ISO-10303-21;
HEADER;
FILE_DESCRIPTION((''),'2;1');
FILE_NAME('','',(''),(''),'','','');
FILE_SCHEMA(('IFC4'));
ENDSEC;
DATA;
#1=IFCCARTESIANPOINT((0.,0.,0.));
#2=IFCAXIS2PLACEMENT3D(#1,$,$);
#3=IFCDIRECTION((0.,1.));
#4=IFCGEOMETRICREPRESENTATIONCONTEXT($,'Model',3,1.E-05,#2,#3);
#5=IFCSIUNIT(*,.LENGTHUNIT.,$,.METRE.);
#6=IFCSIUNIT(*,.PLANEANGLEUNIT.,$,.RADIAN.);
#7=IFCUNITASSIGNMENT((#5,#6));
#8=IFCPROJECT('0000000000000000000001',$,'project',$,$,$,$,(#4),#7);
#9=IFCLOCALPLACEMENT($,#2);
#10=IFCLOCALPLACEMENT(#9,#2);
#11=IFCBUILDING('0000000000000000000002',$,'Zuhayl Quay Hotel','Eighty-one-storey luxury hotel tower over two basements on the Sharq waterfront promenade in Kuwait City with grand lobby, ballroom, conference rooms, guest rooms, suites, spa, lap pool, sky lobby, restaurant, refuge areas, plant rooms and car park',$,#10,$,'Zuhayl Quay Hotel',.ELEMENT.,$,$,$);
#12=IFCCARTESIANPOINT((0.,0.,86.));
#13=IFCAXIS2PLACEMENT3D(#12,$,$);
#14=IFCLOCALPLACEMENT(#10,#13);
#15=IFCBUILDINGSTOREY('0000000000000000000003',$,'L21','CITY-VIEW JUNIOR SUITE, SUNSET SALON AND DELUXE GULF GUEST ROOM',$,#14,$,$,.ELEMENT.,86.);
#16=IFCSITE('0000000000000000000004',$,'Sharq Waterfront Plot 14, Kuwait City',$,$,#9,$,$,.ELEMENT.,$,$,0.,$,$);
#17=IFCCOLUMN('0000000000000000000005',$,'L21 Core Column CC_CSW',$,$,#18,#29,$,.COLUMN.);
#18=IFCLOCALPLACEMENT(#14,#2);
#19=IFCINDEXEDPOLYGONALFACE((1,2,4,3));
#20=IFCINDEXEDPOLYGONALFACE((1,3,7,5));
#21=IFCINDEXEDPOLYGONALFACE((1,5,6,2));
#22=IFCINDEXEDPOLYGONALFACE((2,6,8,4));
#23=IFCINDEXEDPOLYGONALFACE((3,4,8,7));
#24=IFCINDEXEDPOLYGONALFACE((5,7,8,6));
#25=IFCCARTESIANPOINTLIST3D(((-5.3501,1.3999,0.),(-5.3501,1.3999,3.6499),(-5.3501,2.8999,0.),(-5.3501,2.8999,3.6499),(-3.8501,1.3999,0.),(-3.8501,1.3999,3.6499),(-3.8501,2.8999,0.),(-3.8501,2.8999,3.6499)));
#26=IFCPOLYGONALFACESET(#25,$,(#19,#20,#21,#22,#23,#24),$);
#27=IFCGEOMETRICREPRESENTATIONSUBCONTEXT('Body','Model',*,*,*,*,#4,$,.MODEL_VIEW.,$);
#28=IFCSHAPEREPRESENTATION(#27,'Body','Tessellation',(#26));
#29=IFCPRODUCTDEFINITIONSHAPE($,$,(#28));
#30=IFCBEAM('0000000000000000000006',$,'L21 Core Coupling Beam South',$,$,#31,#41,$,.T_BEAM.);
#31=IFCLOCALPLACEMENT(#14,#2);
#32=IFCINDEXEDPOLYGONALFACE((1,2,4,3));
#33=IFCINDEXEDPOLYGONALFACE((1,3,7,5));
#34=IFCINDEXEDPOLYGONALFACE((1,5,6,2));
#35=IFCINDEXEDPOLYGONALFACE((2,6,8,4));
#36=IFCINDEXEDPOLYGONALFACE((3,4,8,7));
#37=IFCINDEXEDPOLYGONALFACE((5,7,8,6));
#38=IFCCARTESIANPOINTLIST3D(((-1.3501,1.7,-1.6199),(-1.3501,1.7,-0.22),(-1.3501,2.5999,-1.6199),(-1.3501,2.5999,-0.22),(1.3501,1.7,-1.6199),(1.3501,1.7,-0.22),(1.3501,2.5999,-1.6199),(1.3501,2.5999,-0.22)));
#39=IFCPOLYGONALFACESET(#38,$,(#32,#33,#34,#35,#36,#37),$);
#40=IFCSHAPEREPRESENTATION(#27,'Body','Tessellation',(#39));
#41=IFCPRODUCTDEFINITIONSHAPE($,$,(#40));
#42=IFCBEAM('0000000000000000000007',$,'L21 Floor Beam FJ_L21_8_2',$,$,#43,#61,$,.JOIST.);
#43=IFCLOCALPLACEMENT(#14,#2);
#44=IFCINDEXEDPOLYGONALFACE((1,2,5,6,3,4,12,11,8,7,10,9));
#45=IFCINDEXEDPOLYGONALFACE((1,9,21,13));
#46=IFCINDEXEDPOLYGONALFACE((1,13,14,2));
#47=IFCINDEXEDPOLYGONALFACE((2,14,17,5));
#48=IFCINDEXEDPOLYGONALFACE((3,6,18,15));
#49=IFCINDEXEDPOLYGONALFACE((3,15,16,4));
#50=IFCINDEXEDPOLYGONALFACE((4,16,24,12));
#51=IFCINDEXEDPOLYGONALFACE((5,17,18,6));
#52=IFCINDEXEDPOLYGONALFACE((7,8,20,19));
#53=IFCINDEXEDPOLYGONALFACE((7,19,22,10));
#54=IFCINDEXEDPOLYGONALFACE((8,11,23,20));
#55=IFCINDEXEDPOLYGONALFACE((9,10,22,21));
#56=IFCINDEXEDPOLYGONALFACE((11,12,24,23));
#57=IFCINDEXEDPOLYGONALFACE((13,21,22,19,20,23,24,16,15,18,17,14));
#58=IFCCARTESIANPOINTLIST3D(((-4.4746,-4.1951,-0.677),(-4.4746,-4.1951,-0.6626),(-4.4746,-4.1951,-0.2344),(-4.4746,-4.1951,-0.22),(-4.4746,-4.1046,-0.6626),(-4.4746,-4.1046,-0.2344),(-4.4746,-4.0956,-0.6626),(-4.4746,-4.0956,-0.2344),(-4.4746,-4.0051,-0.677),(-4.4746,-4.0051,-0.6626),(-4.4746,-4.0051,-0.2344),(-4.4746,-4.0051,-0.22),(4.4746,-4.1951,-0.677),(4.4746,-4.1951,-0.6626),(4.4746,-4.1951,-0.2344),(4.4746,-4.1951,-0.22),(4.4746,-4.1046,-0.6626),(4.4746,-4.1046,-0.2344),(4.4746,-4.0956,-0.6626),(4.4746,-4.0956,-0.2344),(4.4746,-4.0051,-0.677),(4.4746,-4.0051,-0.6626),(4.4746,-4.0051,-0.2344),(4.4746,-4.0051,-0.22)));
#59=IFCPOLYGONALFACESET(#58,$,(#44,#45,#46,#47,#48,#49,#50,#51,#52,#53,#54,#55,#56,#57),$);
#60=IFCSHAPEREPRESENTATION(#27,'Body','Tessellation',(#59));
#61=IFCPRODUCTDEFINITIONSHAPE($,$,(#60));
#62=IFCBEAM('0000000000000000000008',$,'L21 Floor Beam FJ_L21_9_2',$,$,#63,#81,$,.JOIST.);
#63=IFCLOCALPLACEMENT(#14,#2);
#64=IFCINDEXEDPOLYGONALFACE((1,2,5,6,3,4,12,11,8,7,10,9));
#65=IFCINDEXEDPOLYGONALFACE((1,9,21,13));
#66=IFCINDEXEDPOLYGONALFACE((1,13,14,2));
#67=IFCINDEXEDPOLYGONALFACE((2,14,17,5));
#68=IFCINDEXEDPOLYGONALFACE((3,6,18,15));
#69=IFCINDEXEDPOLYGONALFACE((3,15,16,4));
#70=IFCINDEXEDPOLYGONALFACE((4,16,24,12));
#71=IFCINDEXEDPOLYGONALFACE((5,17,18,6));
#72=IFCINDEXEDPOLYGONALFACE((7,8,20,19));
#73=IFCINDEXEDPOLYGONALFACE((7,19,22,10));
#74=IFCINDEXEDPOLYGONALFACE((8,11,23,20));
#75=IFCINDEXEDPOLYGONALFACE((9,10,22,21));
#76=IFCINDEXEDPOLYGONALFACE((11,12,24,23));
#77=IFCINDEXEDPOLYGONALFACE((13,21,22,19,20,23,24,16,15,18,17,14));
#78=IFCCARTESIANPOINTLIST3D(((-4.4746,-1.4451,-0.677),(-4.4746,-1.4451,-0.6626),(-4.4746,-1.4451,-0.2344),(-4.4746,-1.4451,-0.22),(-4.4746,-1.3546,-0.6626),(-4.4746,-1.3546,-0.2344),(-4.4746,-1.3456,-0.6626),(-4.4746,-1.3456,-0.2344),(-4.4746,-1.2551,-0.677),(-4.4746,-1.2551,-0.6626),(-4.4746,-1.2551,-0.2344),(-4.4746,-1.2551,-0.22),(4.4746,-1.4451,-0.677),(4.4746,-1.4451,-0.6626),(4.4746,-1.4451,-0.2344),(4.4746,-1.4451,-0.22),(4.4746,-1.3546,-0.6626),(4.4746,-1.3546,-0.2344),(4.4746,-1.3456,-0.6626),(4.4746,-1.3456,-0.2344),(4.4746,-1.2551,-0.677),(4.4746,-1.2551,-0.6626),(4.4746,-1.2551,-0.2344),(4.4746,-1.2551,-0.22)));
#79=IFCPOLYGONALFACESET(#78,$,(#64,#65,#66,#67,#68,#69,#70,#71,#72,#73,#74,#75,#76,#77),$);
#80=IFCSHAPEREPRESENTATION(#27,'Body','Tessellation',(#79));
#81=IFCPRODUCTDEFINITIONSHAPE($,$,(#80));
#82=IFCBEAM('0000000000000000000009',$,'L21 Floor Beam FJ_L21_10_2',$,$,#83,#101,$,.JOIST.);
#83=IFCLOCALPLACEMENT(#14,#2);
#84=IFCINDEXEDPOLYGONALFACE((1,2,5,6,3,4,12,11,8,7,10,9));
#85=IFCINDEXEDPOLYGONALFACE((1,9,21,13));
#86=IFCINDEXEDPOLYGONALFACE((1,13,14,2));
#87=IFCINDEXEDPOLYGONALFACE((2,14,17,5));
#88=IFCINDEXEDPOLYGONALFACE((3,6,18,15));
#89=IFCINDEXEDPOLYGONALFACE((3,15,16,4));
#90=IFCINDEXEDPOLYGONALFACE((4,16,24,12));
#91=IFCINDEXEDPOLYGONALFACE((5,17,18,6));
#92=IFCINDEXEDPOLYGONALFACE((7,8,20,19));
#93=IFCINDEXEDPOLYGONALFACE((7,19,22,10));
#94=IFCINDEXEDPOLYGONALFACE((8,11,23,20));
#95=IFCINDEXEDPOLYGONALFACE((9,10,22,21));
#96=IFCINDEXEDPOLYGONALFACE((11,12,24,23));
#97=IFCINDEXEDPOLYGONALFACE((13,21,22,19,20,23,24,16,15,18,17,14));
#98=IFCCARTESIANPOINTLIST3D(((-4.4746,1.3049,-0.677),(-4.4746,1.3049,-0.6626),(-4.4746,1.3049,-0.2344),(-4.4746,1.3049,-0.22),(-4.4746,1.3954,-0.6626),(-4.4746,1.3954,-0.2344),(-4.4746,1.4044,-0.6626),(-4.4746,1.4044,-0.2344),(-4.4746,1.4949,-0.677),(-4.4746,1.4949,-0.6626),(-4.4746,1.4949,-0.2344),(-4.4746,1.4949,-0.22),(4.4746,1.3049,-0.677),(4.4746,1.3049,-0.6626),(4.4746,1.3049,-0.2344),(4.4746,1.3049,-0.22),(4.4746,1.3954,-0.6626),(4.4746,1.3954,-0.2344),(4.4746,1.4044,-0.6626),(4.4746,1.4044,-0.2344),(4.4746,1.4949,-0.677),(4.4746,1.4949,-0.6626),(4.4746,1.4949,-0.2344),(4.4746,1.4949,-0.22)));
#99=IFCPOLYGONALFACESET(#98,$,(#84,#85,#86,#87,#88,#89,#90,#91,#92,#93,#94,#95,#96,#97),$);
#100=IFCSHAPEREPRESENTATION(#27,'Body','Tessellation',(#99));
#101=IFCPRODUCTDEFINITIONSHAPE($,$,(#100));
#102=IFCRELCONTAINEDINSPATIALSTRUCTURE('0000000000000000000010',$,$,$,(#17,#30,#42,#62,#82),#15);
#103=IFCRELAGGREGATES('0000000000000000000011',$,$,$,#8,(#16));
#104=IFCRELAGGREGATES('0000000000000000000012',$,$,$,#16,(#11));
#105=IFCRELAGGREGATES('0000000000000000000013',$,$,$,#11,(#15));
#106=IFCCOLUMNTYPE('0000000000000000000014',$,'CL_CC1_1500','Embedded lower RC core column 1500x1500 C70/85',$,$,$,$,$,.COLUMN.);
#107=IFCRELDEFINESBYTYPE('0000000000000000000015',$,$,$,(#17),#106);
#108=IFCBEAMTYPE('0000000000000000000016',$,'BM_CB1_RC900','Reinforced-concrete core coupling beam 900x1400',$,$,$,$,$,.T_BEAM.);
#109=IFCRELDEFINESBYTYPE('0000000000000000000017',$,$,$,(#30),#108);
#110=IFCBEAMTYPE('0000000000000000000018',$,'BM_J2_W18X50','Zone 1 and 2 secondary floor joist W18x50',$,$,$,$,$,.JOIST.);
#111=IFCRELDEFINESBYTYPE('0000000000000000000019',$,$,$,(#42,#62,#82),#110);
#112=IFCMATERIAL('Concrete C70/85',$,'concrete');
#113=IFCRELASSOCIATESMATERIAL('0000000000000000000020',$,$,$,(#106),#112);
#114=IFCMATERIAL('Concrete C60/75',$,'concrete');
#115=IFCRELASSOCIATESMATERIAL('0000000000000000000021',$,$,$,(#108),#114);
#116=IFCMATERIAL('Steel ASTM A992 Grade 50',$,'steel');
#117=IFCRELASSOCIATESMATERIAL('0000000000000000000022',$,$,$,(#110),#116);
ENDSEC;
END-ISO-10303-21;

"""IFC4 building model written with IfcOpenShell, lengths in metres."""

from ifc_helpers import new_model, si_unit, direction, frame, origin, origin_2d, place, context, subcontext, project, spatial, rectangle, i_section, extrude, material, material_profile, profile_set, type_object, element, save


model = new_model("IFC4")

# Units and contexts
model_context = context("Model", 3, precision=1e-05, world=origin(), true_north=direction((0.0, 1.0)))
body_context = subcontext(model_context, "Body", "Model", "MODEL_VIEW")
ifc_project = project(units=[si_unit("LENGTHUNIT", "METRE"), si_unit("PLANEANGLEUNIT", "RADIAN")], contexts=[model_context])

# Site, building, storey
site_placement = place(None, origin())
site = spatial("IfcSite", under=ifc_project, at=site_placement, Name="Sharq Waterfront Plot 14, Kuwait City", CompositionType="ELEMENT", RefElevation=0.0)
building_placement = place(site_placement, origin())
building = spatial("IfcBuilding", under=site, at=building_placement, Name="Zuhayl Quay Hotel", Description="Eighty-one-storey luxury hotel tower over two basements on the Sharq waterfront promenade in Kuwait City with grand lobby, ballroom, conference rooms, guest rooms, suites, spa, lap pool, sky lobby, restaurant, refuge areas, plant rooms and car park", LongName="Zuhayl Quay Hotel", CompositionType="ELEMENT")
storey_placement = place(building_placement, frame((0.0, 0.0, 86.0)))
storey = spatial("IfcBuildingStorey", under=building, at=storey_placement, Name="L21", Description="CITY-VIEW JUNIOR SUITE, SUNSET SALON AND DELUXE GULF GUEST ROOM", CompositionType="ELEMENT", Elevation=86.0)

# Column
ifc_material_1 = material(Name="Concrete C70/85", Category="concrete")
ifc_material_profile_1 = material_profile(ifc_material_1, rectangle(XDim=1.5, YDim=1.5, at=origin_2d()), Name="RC1500X1500")
ifc_profile_set_1 = profile_set([ifc_material_profile_1], Name="Concrete C70/85")
column_type = type_object("IfcColumnType", Name="CL_CC1_1500", Description="Embedded lower RC core column 1500x1500 C70/85", PredefinedType="COLUMN", material=ifc_profile_set_1)
column_placement = place(storey_placement, frame((-4.6001, 2.1499, 0.0), z_axis=(0.0, 0.0, 1.0), x_axis=(1.0, 0.0, 0.0)))
element("IfcColumn", 1, at=column_placement, inside=storey, type_object=column_type, Name="L21 Core Column CC_CSW", PredefinedType="COLUMN", context=body_context, shape_type="SweptSolid", body=[
    extrude(rectangle(XDim=1.5, YDim=1.5, at=origin_2d()), origin(), (0.0, 0.0, 1.0), 3.6499),
])

# Beams
ifc_material_2 = material(Name="Concrete C60/75", Category="concrete")
ifc_material_profile_2 = material_profile(ifc_material_2, rectangle(XDim=0.8999, YDim=1.3999, at=origin_2d()), Name="RC900X1400")
ifc_profile_set_2 = profile_set([ifc_material_profile_2], Name="Concrete C60/75")
beam_type_1 = type_object("IfcBeamType", Name="BM_CB1_RC900", Description="Reinforced-concrete core coupling beam 900x1400", PredefinedType="T_BEAM", material=ifc_profile_set_2)
beam_placement = place(storey_placement, frame((-1.3501, 2.1499, -0.9199), z_axis=(1.0, 0.0, 0.0), x_axis=(0.0, 1.0, 0.0)))
element("IfcBeam", 2, at=beam_placement, inside=storey, type_object=beam_type_1, Name="L21 Core Coupling Beam South", PredefinedType="T_BEAM", context=body_context, shape_type="SweptSolid", body=[
    extrude(rectangle(XDim=0.8999, YDim=1.3999, at=origin_2d()), origin(), (0.0, 0.0, 1.0), 2.7002),
])
ifc_material_3 = material(Name="Steel ASTM A992 Grade 50", Category="steel")
ifc_material_profile_3 = material_profile(ifc_material_3, i_section(OverallWidth=0.1899, OverallDepth=0.457, WebThickness=0.009, FlangeThickness=0.0144, at=origin_2d()), Name="W18X50")
ifc_profile_set_3 = profile_set([ifc_material_profile_3], Name="Steel ASTM A992 Grade 50")
beam_type_2 = type_object("IfcBeamType", Name="BM_J2_W18X50", Description="Zone 1 and 2 secondary floor joist W18x50", PredefinedType="JOIST", material=ifc_profile_set_3)
for number, where, z_axis, x_axis, name in (
    (3, (-4.4746, -4.1001, -0.4485), (1.0, 0.0, 0.0), (0.0, 1.0, 0.0), "L21 Floor Beam FJ_L21_8_2"),
    (4, (-4.4746, -1.3501, -0.4485), (1.0, 0.0, 0.0), (0.0, 1.0, 0.0), "L21 Floor Beam FJ_L21_9_2"),
    (5, (-4.4746, 1.3999, -0.4485), (1.0, 0.0, 0.0), (0.0, 1.0, 0.0), "L21 Floor Beam FJ_L21_10_2"),
):
    element("IfcBeam", number, at=place(storey_placement, frame(where, z_axis=z_axis, x_axis=x_axis)), inside=storey, type_object=beam_type_2, Name=name, PredefinedType="JOIST", context=body_context, shape_type="SweptSolid", body=[
        extrude(i_section(OverallWidth=0.1899, OverallDepth=0.457, WebThickness=0.009, FlangeThickness=0.0144, at=origin_2d()), origin(), (0.0, 0.0, 1.0), 8.9492),
    ])

save(model, "model.ifc")
